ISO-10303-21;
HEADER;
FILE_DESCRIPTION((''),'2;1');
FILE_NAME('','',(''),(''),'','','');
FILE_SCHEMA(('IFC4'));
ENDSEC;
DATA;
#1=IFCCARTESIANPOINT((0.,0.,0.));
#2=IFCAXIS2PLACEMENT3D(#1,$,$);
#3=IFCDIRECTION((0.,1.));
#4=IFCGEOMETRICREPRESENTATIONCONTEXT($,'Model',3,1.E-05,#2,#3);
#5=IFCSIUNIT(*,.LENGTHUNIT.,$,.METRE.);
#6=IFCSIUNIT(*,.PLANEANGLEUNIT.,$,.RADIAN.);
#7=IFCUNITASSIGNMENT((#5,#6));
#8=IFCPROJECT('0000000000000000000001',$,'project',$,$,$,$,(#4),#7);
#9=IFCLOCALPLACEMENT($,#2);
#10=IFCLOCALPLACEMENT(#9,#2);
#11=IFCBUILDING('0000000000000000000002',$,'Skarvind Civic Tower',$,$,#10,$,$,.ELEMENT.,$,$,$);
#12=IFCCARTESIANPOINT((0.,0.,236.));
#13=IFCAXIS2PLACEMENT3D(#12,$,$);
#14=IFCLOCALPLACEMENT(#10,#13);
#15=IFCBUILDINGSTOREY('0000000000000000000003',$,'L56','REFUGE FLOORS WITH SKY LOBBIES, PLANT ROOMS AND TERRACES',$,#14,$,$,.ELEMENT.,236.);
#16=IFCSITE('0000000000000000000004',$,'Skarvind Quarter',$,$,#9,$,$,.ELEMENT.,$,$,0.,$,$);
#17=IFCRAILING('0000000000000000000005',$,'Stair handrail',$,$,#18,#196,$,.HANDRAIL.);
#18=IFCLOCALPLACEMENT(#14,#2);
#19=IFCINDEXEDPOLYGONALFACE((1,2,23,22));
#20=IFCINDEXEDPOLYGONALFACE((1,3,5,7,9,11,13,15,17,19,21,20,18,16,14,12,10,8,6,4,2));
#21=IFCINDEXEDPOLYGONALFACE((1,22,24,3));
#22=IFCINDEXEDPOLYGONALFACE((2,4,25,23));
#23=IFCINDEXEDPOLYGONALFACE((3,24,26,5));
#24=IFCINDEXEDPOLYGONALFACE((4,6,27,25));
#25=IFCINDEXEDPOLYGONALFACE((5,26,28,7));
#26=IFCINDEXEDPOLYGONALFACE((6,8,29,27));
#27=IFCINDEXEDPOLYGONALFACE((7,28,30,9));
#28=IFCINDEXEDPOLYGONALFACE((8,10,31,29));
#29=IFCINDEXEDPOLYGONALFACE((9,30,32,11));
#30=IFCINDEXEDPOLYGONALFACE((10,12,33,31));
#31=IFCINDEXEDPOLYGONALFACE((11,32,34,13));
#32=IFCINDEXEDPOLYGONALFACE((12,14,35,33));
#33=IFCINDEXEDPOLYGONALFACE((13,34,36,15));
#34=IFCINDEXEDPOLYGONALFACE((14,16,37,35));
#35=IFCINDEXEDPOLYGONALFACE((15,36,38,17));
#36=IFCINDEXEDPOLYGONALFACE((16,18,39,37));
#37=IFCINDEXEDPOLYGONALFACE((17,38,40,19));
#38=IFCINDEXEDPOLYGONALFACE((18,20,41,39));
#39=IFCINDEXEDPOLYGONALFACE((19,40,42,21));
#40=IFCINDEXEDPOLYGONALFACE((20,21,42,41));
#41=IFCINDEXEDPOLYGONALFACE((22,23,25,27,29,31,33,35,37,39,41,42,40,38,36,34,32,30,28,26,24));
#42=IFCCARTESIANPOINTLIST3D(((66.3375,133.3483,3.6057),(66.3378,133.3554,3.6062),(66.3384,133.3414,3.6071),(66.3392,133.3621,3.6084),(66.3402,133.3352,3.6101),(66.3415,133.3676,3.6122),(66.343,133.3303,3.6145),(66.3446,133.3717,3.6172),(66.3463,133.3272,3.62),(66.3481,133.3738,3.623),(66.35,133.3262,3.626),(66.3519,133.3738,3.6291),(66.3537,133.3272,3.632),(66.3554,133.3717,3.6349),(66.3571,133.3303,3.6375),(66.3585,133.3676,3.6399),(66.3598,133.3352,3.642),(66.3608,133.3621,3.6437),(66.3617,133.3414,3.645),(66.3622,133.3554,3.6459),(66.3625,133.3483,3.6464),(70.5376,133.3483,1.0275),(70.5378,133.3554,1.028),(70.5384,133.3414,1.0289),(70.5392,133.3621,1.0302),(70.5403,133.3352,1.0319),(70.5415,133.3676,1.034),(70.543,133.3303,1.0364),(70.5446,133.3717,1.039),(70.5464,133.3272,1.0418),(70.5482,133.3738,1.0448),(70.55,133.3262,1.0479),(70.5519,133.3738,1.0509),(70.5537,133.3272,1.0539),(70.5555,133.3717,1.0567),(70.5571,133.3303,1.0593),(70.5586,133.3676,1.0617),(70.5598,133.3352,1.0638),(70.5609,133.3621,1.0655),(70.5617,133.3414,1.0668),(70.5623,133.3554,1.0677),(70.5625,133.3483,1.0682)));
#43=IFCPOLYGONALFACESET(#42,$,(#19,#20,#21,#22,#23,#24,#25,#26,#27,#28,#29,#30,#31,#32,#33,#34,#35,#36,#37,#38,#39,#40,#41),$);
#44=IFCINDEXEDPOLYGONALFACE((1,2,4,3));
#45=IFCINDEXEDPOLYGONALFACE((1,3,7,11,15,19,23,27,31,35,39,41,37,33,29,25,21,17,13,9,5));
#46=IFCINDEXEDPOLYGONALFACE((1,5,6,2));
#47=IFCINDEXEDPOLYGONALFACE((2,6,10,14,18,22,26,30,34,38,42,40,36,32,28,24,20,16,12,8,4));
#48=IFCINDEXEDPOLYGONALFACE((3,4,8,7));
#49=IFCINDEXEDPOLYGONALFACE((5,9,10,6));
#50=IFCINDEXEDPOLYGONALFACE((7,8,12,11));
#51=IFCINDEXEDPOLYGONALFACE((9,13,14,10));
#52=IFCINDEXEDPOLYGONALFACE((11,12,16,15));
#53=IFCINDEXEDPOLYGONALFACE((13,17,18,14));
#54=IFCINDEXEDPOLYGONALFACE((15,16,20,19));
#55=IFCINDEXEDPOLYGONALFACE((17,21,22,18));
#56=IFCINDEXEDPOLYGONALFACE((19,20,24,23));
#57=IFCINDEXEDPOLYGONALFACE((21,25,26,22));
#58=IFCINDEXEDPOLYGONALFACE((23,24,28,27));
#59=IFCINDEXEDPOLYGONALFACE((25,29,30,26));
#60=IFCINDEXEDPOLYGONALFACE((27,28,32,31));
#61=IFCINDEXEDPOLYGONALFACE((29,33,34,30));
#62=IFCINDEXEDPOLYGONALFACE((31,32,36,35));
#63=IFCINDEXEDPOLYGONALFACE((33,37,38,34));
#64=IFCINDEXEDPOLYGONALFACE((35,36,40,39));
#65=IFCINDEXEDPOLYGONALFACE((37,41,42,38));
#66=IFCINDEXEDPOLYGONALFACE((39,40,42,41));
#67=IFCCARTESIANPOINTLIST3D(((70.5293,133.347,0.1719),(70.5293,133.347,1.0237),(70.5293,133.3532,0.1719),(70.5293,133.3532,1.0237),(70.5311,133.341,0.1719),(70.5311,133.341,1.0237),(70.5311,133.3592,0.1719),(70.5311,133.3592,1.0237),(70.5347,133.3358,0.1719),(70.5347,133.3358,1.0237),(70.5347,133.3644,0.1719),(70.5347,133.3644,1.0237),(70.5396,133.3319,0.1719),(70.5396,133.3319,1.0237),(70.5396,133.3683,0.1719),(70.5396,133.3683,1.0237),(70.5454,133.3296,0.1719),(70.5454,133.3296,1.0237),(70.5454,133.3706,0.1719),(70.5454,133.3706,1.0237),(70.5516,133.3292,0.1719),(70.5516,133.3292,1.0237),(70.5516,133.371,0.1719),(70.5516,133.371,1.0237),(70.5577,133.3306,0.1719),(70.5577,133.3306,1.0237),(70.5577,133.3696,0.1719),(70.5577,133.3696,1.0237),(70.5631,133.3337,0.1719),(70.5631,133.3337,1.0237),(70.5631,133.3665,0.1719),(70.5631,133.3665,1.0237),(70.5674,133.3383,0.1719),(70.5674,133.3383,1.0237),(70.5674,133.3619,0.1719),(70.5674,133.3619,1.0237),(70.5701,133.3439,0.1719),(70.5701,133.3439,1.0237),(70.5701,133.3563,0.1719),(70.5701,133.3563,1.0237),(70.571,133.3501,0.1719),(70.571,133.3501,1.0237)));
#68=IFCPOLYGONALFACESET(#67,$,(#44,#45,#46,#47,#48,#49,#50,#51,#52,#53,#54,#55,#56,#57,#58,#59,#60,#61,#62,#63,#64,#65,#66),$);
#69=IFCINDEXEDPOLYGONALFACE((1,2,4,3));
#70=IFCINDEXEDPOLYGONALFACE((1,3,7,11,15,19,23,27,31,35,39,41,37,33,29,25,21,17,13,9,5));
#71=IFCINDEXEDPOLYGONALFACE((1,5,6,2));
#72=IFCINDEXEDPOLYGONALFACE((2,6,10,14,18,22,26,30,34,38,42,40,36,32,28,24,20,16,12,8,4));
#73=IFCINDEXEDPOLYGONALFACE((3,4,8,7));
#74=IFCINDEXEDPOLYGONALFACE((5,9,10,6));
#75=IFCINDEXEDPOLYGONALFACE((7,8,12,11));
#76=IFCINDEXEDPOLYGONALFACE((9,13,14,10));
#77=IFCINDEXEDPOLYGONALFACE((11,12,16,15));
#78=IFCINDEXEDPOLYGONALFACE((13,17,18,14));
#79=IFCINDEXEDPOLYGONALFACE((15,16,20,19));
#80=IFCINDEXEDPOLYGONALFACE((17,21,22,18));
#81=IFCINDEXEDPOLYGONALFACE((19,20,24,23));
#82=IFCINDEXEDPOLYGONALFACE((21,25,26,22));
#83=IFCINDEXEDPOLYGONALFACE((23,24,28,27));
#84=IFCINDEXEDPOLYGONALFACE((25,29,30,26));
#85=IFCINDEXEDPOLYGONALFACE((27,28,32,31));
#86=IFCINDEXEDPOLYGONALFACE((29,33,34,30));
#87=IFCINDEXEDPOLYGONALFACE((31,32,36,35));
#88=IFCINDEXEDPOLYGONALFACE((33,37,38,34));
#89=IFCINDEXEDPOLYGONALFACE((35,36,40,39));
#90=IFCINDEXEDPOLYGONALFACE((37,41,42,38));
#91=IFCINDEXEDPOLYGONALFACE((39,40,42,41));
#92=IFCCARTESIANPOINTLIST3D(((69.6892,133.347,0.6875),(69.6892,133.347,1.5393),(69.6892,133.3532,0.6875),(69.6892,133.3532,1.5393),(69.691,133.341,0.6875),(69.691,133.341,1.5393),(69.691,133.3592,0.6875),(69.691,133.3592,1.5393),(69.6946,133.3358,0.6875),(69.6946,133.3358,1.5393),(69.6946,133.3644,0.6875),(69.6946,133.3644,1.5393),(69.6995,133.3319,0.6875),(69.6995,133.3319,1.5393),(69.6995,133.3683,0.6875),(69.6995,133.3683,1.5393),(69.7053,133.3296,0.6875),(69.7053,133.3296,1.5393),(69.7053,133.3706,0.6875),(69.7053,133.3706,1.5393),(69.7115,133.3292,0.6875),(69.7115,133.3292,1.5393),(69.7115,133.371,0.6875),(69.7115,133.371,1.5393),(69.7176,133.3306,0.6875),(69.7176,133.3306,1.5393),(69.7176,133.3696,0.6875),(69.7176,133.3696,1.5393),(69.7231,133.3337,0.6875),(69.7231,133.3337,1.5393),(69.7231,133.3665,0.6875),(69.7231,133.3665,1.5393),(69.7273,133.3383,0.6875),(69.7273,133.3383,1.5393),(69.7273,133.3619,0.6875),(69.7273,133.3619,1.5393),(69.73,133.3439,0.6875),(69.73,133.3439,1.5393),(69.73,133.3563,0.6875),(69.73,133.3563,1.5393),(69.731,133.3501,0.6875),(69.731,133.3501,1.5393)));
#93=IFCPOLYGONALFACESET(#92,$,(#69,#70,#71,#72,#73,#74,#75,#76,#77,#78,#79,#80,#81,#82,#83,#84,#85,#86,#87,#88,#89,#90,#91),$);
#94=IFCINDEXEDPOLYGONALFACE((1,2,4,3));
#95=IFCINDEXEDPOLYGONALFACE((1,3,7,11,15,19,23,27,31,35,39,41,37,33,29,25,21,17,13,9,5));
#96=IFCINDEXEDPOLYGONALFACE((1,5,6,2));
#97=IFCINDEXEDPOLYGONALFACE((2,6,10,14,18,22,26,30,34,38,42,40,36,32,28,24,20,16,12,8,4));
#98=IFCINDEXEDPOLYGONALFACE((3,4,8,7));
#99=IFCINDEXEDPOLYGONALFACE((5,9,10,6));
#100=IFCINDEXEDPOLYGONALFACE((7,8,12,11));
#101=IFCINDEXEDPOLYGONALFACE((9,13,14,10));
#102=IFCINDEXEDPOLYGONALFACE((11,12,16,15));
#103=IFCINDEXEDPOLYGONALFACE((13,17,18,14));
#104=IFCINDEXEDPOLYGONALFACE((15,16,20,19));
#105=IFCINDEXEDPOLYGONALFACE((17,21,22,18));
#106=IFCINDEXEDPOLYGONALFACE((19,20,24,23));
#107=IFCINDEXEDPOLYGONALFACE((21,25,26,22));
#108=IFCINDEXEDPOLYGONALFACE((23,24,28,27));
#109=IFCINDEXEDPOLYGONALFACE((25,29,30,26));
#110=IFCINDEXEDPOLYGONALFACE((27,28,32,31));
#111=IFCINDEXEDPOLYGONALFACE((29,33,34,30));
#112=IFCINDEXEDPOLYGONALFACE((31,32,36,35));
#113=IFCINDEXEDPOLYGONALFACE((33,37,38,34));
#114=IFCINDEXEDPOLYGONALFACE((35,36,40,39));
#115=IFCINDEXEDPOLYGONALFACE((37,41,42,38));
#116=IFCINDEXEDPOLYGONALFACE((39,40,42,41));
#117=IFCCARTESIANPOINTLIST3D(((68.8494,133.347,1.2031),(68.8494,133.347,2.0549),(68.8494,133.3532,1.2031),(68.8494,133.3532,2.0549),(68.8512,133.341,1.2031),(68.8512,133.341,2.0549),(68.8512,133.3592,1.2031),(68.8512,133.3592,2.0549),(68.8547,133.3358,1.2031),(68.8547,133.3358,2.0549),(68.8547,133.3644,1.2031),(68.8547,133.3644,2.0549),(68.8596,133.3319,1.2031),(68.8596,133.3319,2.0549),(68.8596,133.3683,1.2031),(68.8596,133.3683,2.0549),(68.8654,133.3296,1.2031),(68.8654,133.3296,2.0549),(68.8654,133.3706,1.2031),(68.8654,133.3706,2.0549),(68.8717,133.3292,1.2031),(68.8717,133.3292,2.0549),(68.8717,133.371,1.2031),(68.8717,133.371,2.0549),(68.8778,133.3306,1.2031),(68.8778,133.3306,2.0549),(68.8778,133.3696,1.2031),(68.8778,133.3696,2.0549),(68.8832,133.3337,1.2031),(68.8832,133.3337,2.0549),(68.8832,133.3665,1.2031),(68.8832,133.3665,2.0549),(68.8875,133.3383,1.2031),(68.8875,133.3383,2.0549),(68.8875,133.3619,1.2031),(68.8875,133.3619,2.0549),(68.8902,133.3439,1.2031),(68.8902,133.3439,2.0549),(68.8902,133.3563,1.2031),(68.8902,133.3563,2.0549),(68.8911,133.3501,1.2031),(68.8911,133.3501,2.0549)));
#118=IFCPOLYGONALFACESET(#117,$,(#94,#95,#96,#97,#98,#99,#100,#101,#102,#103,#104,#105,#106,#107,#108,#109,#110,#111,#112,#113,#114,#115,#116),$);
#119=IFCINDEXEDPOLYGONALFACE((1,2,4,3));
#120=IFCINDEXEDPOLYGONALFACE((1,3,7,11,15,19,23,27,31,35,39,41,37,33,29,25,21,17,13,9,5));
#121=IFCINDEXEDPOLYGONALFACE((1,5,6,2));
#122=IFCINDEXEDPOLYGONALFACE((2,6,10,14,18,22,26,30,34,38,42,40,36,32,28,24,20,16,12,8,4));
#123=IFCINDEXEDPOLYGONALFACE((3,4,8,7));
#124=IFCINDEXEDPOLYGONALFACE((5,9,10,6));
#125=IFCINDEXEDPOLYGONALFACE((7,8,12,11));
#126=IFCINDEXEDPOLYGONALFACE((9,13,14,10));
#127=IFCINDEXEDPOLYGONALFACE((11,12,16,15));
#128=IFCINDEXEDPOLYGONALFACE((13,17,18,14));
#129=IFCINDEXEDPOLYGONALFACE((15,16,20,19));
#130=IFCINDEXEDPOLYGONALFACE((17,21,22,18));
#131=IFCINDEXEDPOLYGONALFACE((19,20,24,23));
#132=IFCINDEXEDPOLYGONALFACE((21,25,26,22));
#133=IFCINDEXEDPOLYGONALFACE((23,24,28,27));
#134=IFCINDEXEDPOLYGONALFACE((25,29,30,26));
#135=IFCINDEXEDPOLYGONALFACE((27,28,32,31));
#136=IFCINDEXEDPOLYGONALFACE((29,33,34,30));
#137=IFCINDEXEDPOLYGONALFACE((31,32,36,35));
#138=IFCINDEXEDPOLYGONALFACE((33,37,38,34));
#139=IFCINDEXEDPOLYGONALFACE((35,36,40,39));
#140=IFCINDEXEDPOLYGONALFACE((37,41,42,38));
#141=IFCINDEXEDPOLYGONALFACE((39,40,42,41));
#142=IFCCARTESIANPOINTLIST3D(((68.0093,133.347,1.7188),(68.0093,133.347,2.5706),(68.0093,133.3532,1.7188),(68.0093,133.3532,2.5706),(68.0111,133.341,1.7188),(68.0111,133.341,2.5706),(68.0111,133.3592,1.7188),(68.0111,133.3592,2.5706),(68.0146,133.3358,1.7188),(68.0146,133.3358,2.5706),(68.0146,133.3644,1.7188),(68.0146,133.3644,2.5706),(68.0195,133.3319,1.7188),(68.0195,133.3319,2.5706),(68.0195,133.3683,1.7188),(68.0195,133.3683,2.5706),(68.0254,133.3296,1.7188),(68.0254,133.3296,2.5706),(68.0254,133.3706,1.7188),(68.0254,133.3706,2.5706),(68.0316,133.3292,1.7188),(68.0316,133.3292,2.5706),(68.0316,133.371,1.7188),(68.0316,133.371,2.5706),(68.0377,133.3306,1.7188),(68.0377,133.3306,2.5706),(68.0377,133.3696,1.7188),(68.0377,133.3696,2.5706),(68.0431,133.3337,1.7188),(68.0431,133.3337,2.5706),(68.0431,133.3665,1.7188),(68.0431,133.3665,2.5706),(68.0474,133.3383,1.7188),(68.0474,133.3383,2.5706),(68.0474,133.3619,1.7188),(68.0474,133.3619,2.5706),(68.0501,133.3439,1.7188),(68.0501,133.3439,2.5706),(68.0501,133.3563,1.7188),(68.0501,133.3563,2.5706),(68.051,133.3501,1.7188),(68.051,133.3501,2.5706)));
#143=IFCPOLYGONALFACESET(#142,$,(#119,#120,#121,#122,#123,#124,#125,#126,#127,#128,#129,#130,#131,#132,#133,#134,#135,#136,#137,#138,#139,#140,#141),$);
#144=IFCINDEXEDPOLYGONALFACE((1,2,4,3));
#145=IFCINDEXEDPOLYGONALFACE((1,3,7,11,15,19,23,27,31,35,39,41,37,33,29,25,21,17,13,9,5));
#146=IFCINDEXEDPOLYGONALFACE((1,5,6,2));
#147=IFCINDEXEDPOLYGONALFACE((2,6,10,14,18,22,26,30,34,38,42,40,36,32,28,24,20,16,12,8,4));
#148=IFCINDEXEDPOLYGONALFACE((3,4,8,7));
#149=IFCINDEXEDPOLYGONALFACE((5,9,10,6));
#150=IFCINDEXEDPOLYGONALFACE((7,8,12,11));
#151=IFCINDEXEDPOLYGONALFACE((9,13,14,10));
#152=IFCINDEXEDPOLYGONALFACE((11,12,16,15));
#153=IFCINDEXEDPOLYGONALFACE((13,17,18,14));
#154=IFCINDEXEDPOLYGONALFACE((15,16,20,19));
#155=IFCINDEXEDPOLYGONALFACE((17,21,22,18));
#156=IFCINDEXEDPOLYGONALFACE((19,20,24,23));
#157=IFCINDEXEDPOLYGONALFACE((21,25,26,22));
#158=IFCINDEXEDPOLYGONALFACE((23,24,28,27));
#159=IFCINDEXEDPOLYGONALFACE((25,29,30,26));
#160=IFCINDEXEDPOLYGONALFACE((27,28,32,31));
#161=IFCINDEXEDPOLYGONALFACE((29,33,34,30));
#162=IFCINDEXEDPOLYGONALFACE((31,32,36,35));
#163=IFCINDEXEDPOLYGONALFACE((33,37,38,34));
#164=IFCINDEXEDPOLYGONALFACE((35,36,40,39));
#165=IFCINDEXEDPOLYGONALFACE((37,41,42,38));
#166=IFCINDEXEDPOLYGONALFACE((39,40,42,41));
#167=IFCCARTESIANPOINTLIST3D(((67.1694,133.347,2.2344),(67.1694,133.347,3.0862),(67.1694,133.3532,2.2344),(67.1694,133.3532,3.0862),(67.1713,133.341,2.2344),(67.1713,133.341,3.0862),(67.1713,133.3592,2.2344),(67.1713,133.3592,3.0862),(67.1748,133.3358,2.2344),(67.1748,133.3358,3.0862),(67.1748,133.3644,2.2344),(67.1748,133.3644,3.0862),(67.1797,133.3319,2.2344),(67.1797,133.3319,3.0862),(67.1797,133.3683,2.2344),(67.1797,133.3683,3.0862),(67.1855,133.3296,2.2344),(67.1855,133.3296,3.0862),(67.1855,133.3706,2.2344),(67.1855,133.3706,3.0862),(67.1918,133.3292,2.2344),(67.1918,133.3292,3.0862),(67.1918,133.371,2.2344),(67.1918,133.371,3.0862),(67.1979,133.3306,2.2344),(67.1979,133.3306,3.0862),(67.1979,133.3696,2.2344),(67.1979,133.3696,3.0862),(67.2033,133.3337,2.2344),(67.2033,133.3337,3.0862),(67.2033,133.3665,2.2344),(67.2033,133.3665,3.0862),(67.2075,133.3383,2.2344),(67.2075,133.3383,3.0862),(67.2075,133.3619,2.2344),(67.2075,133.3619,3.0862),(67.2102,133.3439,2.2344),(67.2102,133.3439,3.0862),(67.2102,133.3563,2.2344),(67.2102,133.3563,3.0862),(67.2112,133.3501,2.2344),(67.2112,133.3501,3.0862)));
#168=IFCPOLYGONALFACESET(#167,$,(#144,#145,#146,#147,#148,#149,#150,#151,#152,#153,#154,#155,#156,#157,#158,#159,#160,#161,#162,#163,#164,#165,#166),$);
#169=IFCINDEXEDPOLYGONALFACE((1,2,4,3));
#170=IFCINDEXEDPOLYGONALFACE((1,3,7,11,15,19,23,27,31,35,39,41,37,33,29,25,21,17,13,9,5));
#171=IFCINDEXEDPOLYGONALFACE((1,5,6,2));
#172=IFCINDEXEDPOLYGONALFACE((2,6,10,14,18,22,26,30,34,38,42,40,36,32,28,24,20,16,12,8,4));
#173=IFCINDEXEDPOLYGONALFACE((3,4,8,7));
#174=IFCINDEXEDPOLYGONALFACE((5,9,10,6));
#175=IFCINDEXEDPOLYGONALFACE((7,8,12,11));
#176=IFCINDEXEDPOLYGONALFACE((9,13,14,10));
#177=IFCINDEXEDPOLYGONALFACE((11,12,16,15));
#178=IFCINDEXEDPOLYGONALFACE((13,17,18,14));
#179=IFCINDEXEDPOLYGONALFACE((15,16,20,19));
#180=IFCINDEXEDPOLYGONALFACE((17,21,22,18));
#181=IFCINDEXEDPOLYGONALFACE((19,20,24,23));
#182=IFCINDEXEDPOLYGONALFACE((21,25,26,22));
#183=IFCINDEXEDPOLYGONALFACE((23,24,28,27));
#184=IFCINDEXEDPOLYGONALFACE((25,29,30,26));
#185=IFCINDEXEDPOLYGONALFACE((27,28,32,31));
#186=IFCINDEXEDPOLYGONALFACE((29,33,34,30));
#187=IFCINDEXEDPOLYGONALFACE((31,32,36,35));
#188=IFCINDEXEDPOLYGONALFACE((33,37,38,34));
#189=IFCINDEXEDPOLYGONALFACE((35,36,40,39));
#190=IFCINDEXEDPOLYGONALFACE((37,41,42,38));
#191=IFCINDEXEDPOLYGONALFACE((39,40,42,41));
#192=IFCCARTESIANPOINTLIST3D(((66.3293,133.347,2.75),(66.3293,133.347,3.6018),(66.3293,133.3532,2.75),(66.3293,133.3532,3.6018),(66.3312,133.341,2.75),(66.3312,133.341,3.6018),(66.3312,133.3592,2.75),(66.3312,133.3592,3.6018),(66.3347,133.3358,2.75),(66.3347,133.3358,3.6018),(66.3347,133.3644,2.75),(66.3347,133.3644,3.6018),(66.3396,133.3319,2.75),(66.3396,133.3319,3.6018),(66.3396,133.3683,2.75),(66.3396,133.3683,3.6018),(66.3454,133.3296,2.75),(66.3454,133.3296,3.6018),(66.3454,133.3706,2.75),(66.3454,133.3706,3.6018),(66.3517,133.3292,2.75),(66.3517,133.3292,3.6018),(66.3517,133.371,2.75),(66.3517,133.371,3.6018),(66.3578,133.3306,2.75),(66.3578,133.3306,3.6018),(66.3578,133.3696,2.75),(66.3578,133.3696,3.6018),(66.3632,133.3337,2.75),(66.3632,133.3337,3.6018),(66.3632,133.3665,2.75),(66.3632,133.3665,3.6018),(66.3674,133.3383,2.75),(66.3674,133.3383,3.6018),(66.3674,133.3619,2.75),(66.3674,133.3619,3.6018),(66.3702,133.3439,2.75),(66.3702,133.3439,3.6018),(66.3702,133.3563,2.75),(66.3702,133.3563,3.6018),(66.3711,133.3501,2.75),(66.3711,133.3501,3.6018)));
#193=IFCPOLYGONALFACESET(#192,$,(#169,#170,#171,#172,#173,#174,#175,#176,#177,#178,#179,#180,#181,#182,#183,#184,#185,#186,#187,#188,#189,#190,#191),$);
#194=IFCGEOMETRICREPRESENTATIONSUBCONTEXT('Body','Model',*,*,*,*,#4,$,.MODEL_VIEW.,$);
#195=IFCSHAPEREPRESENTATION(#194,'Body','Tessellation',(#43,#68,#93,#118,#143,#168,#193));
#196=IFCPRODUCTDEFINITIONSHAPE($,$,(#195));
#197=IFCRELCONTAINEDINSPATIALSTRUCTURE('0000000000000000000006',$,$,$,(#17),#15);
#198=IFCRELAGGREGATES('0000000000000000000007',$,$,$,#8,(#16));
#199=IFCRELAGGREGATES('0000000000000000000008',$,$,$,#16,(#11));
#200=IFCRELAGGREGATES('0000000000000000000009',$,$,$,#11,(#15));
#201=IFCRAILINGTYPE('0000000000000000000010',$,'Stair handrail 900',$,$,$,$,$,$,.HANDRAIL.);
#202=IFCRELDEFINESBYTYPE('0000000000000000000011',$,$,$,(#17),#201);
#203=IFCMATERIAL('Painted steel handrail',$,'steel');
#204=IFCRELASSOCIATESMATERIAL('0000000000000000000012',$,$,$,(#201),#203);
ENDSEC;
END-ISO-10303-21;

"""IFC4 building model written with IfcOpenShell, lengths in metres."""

from ifc_helpers import new_model, si_unit, direction, frame, origin, origin_2d, place, context, subcontext, project, spatial, circle, extrude, material, type_object, element, save


model = new_model("IFC4")

# Units and contexts
model_context = context("Model", 3, precision=1e-05, world=origin(), true_north=direction((0.0, 1.0)))
body_context = subcontext(model_context, "Body", "Model", "MODEL_VIEW")
ifc_project = project(units=[si_unit("LENGTHUNIT", "METRE"), si_unit("PLANEANGLEUNIT", "RADIAN")], contexts=[model_context])

# Site, building, storey
site_placement = place(None, origin())
site = spatial("IfcSite", under=ifc_project, at=site_placement, Name="Skarvind Quarter", CompositionType="ELEMENT", RefElevation=0.0)
building_placement = place(site_placement, origin())
building = spatial("IfcBuilding", under=site, at=building_placement, Name="Skarvind Civic Tower", CompositionType="ELEMENT")
storey_placement = place(building_placement, frame((0.0, 0.0, 236.0)))
storey = spatial("IfcBuildingStorey", under=building, at=storey_placement, Name="L56", Description="REFUGE FLOORS WITH SKY LOBBIES, PLANT ROOMS AND TERRACES", CompositionType="ELEMENT", Elevation=236.0)

# Railing
ifc_material_1 = material(Name="Painted steel handrail", Category="steel")
railing_type = type_object("IfcRailingType", Name="Stair handrail 900", PredefinedType="HANDRAIL", material=ifc_material_1)
railing_1_placement = place(storey_placement, frame((70.55, 133.3501, 0.1719)))
element("IfcRailing", 1, at=railing_1_placement, inside=storey, type_object=railing_type, Name="Stair handrail", PredefinedType="HANDRAIL", context=body_context, shape_type="SweptSolid", body=[
    extrude(circle(Radius=0.0239, at=origin_2d()), frame((0.0, 0.0, 0.876), z_axis=(-0.852243, 0.0, 0.523146), x_axis=(0.0, -1.0, 0.0)), (0.0, 0.0, 1.0), 4.9282),
    extrude(circle(Radius=0.021, at=origin_2d()), origin(), (0.0, 0.0, 1.0), 0.8518),
    extrude(circle(Radius=0.021, at=origin_2d()), frame((-0.8401, 0.0, 0.5156)), (0.0, 0.0, 1.0), 0.8518),
    extrude(circle(Radius=0.021, at=origin_2d()), frame((-1.6799, 0.0, 1.0312)), (0.0, 0.0, 1.0), 0.8518),
    extrude(circle(Radius=0.021, at=origin_2d()), frame((-2.52, 0.0, 1.5469)), (0.0, 0.0, 1.0), 0.8518),
    extrude(circle(Radius=0.021, at=origin_2d()), frame((-3.3599, 0.0, 2.0625)), (0.0, 0.0, 1.0), 0.8518),
    extrude(circle(Radius=0.021, at=origin_2d()), frame((-4.2, 0.0, 2.5781)), (0.0, 0.0, 1.0), 0.8518),
])

save(model, "model.ifc")
